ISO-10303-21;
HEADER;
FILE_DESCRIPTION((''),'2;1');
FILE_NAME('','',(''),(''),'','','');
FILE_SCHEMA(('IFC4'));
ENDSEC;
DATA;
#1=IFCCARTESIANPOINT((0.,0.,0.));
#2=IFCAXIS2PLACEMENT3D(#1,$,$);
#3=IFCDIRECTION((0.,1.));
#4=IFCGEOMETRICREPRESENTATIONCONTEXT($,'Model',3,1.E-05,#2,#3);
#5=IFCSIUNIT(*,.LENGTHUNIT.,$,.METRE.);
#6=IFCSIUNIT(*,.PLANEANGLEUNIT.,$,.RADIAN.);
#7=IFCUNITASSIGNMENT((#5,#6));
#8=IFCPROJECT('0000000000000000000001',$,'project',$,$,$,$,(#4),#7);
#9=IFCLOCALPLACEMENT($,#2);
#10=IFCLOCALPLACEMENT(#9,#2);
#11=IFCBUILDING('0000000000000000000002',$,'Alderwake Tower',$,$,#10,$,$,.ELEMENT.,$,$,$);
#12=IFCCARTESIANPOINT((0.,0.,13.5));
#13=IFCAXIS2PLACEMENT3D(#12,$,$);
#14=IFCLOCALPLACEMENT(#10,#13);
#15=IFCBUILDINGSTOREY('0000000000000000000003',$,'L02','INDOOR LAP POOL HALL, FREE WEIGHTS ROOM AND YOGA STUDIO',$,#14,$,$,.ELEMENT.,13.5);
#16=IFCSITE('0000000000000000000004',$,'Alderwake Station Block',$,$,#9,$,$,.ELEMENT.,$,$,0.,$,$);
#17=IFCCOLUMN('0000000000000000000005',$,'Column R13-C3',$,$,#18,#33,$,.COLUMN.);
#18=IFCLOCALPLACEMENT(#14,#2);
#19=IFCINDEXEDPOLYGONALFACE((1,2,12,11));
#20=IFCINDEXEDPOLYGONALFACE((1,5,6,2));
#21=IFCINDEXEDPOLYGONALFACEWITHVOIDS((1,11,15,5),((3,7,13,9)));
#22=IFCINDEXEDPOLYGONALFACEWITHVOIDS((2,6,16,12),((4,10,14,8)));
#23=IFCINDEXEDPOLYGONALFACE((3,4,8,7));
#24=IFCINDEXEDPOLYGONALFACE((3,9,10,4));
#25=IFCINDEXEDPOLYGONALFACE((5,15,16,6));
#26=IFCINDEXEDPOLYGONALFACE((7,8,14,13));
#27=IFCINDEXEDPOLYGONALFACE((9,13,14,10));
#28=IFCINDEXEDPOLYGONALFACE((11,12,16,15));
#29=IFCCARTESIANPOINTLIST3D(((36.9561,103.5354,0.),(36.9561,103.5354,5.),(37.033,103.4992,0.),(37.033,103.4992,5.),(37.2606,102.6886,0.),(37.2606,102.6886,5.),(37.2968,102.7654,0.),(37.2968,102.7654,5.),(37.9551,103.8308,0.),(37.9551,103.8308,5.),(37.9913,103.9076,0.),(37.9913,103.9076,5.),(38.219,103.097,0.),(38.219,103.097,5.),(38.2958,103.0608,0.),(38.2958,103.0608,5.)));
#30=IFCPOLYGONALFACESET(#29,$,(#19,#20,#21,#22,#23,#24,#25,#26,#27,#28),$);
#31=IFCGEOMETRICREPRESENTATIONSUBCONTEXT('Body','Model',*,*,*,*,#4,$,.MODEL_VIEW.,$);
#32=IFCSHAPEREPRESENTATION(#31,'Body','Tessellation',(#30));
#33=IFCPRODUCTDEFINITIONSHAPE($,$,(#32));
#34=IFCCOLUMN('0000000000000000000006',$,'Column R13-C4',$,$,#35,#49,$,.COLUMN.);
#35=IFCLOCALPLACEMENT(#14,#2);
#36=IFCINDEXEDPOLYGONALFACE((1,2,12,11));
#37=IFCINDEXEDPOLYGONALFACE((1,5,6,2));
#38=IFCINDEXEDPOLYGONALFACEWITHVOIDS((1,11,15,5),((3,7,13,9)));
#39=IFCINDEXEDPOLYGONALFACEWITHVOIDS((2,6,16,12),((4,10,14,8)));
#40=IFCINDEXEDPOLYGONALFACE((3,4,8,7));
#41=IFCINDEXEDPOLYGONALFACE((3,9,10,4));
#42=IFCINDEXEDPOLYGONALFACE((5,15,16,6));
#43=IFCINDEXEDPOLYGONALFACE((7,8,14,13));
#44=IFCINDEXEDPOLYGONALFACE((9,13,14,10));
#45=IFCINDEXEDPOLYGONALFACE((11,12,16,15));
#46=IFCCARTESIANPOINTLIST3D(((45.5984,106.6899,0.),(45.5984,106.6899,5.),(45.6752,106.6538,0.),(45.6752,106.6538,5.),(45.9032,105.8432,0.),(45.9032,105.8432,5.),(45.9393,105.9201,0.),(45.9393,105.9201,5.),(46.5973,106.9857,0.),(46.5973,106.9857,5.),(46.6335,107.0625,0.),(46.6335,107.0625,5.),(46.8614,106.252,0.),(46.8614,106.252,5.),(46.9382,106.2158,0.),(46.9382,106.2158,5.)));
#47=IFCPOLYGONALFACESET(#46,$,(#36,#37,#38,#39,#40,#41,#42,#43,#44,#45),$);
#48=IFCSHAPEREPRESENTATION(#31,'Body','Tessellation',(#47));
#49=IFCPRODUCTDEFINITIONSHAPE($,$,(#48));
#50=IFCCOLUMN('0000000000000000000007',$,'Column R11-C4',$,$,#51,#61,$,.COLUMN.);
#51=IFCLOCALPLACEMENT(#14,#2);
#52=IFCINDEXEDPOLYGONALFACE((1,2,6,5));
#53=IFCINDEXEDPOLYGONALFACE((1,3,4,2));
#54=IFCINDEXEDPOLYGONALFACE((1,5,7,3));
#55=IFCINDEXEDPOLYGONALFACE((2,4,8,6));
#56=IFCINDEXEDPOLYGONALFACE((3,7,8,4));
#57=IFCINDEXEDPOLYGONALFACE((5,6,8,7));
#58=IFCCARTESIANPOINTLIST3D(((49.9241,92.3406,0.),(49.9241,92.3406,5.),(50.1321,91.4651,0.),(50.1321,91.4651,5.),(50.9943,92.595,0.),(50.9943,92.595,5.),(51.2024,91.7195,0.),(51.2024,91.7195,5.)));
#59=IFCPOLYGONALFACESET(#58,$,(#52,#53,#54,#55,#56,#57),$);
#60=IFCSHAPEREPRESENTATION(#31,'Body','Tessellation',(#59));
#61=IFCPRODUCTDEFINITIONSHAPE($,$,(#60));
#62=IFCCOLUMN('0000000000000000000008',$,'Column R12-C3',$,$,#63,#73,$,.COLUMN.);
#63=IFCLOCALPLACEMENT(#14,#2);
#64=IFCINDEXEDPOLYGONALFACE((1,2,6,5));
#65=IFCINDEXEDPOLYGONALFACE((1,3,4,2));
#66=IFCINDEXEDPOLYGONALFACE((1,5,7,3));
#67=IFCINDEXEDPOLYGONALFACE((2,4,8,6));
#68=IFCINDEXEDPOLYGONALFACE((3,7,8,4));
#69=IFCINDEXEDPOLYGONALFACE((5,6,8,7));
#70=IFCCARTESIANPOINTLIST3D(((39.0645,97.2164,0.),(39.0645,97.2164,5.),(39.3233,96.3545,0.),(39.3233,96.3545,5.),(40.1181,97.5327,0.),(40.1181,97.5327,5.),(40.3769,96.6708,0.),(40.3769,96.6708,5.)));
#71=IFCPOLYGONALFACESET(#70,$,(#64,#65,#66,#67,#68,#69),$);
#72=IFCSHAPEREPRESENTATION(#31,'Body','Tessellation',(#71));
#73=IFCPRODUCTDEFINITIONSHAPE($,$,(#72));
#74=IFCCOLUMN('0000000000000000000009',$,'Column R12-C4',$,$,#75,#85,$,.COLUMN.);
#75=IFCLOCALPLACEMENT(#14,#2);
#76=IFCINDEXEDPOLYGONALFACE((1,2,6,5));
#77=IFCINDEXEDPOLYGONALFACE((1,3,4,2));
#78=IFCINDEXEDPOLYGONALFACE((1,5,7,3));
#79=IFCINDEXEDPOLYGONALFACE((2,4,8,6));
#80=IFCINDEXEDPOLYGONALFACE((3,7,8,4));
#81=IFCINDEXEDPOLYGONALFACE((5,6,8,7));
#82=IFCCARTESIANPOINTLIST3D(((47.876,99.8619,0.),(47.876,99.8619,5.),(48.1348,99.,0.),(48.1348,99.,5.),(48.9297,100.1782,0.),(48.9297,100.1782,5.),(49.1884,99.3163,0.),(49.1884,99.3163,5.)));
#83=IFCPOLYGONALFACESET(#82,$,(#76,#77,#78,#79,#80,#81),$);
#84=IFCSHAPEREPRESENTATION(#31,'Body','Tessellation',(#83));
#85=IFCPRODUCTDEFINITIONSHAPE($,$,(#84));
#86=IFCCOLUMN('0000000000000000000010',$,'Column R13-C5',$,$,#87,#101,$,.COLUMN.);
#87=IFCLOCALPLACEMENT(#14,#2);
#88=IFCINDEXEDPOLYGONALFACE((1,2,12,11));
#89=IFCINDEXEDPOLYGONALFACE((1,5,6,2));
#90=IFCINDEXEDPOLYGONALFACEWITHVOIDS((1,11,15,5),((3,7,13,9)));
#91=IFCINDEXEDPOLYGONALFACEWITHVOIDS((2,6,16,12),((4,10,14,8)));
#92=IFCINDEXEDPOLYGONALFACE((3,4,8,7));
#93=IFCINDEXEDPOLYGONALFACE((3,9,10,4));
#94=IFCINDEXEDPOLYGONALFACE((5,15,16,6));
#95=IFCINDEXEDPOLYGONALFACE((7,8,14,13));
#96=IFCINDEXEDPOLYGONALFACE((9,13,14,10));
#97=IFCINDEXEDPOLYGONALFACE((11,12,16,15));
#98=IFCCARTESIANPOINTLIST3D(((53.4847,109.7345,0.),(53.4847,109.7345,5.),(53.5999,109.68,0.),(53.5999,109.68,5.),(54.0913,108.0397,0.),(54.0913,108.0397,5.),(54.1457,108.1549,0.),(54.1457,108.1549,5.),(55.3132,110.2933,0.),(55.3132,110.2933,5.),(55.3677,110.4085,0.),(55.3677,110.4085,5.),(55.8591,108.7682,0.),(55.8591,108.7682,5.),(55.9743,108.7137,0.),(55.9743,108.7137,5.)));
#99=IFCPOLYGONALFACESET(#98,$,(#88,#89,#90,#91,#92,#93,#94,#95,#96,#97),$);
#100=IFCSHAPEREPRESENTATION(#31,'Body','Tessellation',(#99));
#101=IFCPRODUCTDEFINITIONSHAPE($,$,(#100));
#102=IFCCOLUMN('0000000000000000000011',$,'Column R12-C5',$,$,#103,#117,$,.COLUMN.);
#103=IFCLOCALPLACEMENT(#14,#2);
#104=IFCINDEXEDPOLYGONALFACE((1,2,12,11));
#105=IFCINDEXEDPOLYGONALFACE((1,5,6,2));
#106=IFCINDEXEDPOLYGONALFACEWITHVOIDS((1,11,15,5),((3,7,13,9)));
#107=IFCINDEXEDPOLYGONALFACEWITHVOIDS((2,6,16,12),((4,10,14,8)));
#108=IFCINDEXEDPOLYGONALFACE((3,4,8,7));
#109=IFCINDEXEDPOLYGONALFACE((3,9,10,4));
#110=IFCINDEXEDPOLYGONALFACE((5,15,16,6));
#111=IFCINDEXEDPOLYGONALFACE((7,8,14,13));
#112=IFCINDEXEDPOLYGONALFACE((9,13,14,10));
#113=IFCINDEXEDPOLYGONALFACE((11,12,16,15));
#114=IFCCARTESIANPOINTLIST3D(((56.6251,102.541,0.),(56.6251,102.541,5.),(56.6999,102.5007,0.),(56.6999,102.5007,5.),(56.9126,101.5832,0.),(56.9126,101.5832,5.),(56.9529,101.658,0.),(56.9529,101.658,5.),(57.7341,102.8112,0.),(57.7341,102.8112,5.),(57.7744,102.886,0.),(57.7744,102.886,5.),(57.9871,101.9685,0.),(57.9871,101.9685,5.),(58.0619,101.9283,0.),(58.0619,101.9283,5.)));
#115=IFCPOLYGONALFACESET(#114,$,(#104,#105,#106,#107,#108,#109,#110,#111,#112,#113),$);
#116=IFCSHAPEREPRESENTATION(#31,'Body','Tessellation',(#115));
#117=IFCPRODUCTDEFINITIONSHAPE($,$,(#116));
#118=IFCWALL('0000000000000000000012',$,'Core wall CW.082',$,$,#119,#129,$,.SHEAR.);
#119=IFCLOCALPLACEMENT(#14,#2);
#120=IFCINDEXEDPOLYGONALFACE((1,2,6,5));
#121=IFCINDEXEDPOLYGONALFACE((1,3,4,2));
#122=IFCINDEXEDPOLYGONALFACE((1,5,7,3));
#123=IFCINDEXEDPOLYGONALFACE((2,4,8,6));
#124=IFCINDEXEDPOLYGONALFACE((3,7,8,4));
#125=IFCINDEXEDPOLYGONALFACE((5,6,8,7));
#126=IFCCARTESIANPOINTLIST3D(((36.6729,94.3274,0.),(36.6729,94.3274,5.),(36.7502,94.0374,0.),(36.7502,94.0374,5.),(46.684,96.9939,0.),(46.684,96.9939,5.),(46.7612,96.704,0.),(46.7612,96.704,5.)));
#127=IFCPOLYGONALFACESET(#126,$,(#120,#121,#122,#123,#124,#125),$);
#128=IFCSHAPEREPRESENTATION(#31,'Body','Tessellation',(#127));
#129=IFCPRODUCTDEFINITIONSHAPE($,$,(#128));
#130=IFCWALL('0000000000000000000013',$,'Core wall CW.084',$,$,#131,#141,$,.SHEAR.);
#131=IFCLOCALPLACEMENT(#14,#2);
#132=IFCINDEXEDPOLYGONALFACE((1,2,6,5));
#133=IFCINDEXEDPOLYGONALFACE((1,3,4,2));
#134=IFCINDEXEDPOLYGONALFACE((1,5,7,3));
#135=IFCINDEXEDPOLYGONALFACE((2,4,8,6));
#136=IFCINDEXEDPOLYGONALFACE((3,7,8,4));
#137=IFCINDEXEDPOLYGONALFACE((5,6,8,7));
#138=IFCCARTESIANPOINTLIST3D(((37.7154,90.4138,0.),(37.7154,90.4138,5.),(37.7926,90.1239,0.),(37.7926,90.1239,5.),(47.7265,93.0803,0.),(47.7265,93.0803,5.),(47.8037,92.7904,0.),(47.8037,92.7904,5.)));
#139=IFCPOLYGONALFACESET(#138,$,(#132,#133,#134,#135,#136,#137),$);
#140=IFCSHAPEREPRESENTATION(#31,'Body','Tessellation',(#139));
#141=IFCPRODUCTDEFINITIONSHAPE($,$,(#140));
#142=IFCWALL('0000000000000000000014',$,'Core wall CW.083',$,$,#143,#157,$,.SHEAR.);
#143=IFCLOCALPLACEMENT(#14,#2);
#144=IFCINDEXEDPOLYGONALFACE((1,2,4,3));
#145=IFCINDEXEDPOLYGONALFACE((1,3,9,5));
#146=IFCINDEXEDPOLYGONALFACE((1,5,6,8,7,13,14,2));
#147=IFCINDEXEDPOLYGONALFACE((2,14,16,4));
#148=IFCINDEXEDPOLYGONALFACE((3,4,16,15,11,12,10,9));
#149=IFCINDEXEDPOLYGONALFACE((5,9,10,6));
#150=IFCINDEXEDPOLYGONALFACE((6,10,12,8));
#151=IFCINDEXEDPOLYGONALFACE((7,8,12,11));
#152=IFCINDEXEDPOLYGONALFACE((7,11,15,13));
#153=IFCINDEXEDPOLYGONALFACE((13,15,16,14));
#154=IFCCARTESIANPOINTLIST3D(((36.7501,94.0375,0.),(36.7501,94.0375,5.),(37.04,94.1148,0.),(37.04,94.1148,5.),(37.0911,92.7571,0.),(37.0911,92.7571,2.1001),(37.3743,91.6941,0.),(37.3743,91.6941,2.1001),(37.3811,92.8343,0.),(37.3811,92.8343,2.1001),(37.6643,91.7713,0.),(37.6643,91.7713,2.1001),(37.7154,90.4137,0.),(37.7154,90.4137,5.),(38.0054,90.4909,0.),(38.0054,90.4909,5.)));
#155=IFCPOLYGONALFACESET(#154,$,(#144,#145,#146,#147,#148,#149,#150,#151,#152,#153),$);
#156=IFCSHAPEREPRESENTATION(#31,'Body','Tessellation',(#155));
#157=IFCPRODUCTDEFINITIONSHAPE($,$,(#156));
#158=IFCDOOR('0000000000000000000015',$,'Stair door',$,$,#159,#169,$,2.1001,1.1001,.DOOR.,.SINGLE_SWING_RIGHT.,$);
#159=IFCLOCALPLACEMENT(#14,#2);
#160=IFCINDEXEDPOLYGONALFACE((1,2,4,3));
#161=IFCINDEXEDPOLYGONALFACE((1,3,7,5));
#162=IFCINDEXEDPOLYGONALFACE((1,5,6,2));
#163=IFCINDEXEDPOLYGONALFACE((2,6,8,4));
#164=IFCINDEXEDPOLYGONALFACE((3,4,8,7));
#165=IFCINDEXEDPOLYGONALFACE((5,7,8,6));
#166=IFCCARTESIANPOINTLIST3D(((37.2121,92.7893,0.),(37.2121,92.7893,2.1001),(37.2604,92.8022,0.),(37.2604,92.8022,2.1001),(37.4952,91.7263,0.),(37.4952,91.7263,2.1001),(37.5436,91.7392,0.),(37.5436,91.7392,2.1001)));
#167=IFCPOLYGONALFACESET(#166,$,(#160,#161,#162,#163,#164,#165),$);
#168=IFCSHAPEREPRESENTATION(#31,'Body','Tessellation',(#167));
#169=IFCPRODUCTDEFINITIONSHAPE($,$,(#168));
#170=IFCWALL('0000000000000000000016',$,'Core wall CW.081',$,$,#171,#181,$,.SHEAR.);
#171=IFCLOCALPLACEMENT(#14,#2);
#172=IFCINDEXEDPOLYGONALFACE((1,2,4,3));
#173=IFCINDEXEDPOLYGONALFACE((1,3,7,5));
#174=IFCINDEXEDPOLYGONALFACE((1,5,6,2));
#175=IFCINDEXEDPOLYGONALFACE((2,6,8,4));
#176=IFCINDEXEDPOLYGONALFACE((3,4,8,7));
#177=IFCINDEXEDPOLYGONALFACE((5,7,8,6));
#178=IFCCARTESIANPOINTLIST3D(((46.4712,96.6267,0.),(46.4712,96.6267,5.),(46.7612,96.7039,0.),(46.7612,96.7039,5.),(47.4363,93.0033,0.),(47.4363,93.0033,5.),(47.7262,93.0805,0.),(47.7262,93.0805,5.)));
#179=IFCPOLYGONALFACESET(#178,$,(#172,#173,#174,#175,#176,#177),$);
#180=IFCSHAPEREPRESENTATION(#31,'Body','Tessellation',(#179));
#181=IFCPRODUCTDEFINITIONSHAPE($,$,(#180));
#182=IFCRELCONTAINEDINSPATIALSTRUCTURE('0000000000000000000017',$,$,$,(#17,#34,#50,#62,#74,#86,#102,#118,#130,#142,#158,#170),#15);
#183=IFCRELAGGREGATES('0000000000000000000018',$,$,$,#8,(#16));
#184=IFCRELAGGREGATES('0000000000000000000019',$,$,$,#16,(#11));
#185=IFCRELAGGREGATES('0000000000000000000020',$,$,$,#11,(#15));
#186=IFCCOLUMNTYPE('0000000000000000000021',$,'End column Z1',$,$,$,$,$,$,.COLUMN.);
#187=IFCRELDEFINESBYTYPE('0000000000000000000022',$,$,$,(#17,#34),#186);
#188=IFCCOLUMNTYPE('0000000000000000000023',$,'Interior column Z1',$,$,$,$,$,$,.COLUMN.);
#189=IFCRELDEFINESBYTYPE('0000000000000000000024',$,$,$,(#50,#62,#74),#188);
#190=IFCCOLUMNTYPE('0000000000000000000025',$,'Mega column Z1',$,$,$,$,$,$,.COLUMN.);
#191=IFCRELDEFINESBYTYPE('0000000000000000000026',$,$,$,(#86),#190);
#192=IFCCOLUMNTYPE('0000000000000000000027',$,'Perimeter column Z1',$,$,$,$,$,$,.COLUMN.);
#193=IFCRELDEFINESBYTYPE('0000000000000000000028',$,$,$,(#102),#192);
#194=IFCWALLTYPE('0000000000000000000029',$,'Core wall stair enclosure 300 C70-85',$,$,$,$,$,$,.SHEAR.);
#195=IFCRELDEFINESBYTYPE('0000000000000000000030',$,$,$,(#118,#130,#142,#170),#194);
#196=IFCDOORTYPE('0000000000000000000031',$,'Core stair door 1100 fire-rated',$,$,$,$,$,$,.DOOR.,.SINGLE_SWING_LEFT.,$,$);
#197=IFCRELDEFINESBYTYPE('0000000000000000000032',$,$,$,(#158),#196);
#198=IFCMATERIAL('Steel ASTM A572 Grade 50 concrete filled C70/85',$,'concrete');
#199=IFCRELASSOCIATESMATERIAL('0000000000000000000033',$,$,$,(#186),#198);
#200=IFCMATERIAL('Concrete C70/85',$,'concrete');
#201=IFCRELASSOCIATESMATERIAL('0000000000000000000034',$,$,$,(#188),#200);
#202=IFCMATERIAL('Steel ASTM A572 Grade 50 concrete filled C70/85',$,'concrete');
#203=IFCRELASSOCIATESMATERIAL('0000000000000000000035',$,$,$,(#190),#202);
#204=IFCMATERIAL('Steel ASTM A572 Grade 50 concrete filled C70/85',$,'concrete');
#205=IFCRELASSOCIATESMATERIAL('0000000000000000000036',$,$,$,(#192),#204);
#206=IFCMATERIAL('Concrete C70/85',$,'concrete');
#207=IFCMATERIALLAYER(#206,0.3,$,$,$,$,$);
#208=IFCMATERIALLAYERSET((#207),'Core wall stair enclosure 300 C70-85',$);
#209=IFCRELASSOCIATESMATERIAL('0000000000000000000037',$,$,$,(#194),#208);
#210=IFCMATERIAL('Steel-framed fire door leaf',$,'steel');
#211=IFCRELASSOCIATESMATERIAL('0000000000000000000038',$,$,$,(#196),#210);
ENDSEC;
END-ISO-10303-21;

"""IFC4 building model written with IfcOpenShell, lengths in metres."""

from ifc_helpers import new_model, si_unit, direction, frame, frame_2d, origin, origin_2d, place, context, subcontext, project, spatial, rectangle, hollow_rectangle, extrude, material, layer, layer_set, material_profile, profile_set, type_object, element, fill, save


model = new_model("IFC4")

# Units and contexts
model_context = context("Model", 3, precision=1e-05, world=origin(), true_north=direction((0.0, 1.0)))
body_context = subcontext(model_context, "Body", "Model", "MODEL_VIEW")
ifc_project = project(units=[si_unit("LENGTHUNIT", "METRE"), si_unit("PLANEANGLEUNIT", "RADIAN")], contexts=[model_context])

# Site, building, storey
site_placement = place(None, origin())
site = spatial("IfcSite", under=ifc_project, at=site_placement, Name="Alderwake Station Block", CompositionType="ELEMENT", RefElevation=0.0)
building_placement = place(site_placement, origin())
building = spatial("IfcBuilding", under=site, at=building_placement, Name="Alderwake Tower", CompositionType="ELEMENT")
storey_placement = place(building_placement, frame((0.0, 0.0, 13.5)))
storey = spatial("IfcBuildingStorey", under=building, at=storey_placement, Name="L02", Description="INDOOR LAP POOL HALL, FREE WEIGHTS ROOM AND YOGA STUDIO", CompositionType="ELEMENT", Elevation=13.5)

# Columns
ifc_material_1 = material(Name="Steel ASTM A572 Grade 50 concrete filled C70/85", Category="concrete")
ifc_material_profile_1 = material_profile(ifc_material_1, hollow_rectangle(XDim=0.8999, YDim=1.1001, WallThickness=0.0601, at=origin_2d()), Name="BOX 1100X900X60")
ifc_profile_set_1 = profile_set([ifc_material_profile_1], Name="Steel ASTM A572 Grade 50 concrete filled C70/85")
column_type_1 = type_object("IfcColumnType", Name="End column Z1", PredefinedType="COLUMN", material=ifc_profile_set_1)
for number, where, z_axis, x_axis, name in (
    (1, (37.626, 103.2981, 0.0), (0.0, 0.0, 1.0), (-0.338385, 0.941008, 0.0), "Column R13-C3"),
    (2, (46.2683, 106.4529, 0.0), (0.0, 0.0, 1.0), (-0.338695, 0.940896, 0.0), "Column R13-C4"),
):
    element("IfcColumn", number, at=place(storey_placement, frame(where, z_axis=z_axis, x_axis=x_axis)), inside=storey, type_object=column_type_1, Name=name, PredefinedType="COLUMN", context=body_context, shape_type="SweptSolid", body=[
        extrude(hollow_rectangle(XDim=0.8999, YDim=1.1001, WallThickness=0.0601, at=origin_2d()), origin(), (0.0, 0.0, 1.0), 5.0),
    ])
ifc_material_2 = material(Name="Concrete C70/85", Category="concrete")
ifc_material_profile_2 = material_profile(ifc_material_2, rectangle(XDim=0.8999, YDim=1.1001, at=origin_2d()), Name="RC 1100X900")
ifc_profile_set_2 = profile_set([ifc_material_profile_2], Name="Concrete C70/85")
column_type_2 = type_object("IfcColumnType", Name="Interior column Z1", PredefinedType="COLUMN", material=ifc_profile_set_2)
for number, where, z_axis, x_axis, name in (
    (3, (50.5632, 92.03, 0.0), (0.0, 0.0, 1.0), (-0.231222, 0.972901, 0.0), "Column R11-C4"),
    (4, (39.7207, 96.9436, 0.0), (0.0, 0.0, 1.0), (-0.287549, 0.957766, 0.0), "Column R12-C3"),
    (5, (48.5322, 99.5891, 0.0), (0.0, 0.0, 1.0), (-0.287549, 0.957766, 0.0), "Column R12-C4"),
):
    element("IfcColumn", number, at=place(storey_placement, frame(where, z_axis=z_axis, x_axis=x_axis)), inside=storey, type_object=column_type_2, Name=name, PredefinedType="COLUMN", context=body_context, shape_type="SweptSolid", body=[
        extrude(rectangle(XDim=0.8999, YDim=1.1001, at=origin_2d()), origin(), (0.0, 0.0, 1.0), 5.0),
    ])
ifc_material_3 = material(Name="Steel ASTM A572 Grade 50 concrete filled C70/85", Category="concrete")
ifc_material_profile_3 = material_profile(ifc_material_3, hollow_rectangle(XDim=1.8, YDim=2.0, WallThickness=0.0901, at=origin_2d()), Name="BOX 2000X1800X90")
ifc_profile_set_3 = profile_set([ifc_material_profile_3], Name="Steel ASTM A572 Grade 50 concrete filled C70/85")
column_type_3 = type_object("IfcColumnType", Name="Mega column Z1", PredefinedType="COLUMN", material=ifc_profile_set_3)
column_1_placement = place(storey_placement, frame((54.7295, 109.2241, 0.0), z_axis=(0.0, 0.0, 1.0), x_axis=(-0.336995, 0.941506, 0.0)))
element("IfcColumn", 6, at=column_1_placement, inside=storey, type_object=column_type_3, Name="Column R13-C5", PredefinedType="COLUMN", context=body_context, shape_type="SweptSolid", body=[
    extrude(hollow_rectangle(XDim=1.8, YDim=2.0, WallThickness=0.0901, at=origin_2d()), origin(), (0.0, 0.0, 1.0), 5.0),
])
ifc_material_4 = material(Name="Steel ASTM A572 Grade 50 concrete filled C70/85", Category="concrete")
ifc_material_profile_4 = material_profile(ifc_material_4, hollow_rectangle(XDim=1.0, YDim=1.2, WallThickness=0.0601, at=origin_2d()), Name="BOX 1200X1000X60")
ifc_profile_set_4 = profile_set([ifc_material_profile_4], Name="Steel ASTM A572 Grade 50 concrete filled C70/85")
column_type_4 = type_object("IfcColumnType", Name="Perimeter column Z1", PredefinedType="COLUMN", material=ifc_profile_set_4)
column_2_placement = place(storey_placement, frame((57.3435, 102.2346, 0.0), z_axis=(0.0, 0.0, 1.0), x_axis=(-0.287549, 0.957766, 0.0)))
element("IfcColumn", 7, at=column_2_placement, inside=storey, type_object=column_type_4, Name="Column R12-C5", PredefinedType="COLUMN", context=body_context, shape_type="SweptSolid", body=[
    extrude(hollow_rectangle(XDim=1.0, YDim=1.2, WallThickness=0.0601, at=origin_2d()), origin(), (0.0, 0.0, 1.0), 5.0),
])

# Walls
ifc_material_5 = material(Name="Concrete C70/85", Category="concrete")
ifc_layer_1 = layer(ifc_material_5, 0.3)
ifc_layer_set_1 = layer_set([ifc_layer_1], Name="Core wall stair enclosure 300 C70-85")
wall_type_1 = type_object("IfcWallType", Name="Core wall stair enclosure 300 C70-85", PredefinedType="SHEAR", material=ifc_layer_set_1)
for number, where, z_axis, x_axis, name in (
    (8, (36.7114, 94.1824, 0.0), (0.0, 0.0, 1.0), (0.966309, 0.257384, 0.0), "Core wall CW.082"),
    (9, (37.7539, 90.2688, 0.0), (0.0, 0.0, 1.0), (0.966309, 0.257384, 0.0), "Core wall CW.084"),
):
    element("IfcWall", number, at=place(storey_placement, frame(where, z_axis=z_axis, x_axis=x_axis)), inside=storey, type_object=wall_type_1, Name=name, PredefinedType="SHEAR", context=body_context, shape_type="SweptSolid", body=[
        extrude(rectangle(XDim=10.3601, YDim=0.3, at=frame_2d((5.1802, 0.0))), origin(), (0.0, 0.0, 1.0), 5.0),
    ])

# Wall, opening, door
wall_1_placement = place(storey_placement, frame((37.8604, 90.4524, 0.0), z_axis=(0.0, 0.0, 1.0), x_axis=(-0.257411, 0.966302, 0.0)))
wall_1 = element("IfcWall", 10, at=wall_1_placement, inside=storey, type_object=wall_type_1, Name="Core wall CW.083", PredefinedType="SHEAR", context=body_context, shape_type="SweptSolid", body=[
    extrude(rectangle(XDim=3.7502, YDim=0.3, at=frame_2d((1.875, 0.0))), origin(), (0.0, 0.0, 1.0), 5.0),
])
opening_1_placement = place(wall_1_placement, frame((1.325, 0.0, 0.0)))
opening_1 = element("IfcOpeningElement", 11, at=opening_1_placement, cuts=wall_1, PredefinedType="OPENING", context=body_context, shape_type="SweptSolid", body=[
    extrude(rectangle(XDim=1.1001, YDim=2.1001, at=frame_2d((0.55, 1.05))), frame((0.0, 0.1599, 0.0), z_axis=(0.0, -1.0, 0.0), x_axis=(1.0, 0.0, 0.0)), (0.0, 0.0, 1.0), 0.3201),
])
ifc_material_6 = material(Name="Steel-framed fire door leaf", Category="steel")
door_type_1 = type_object("IfcDoorType", Name="Core stair door 1100 fire-rated", OperationType="SINGLE_SWING_LEFT", PredefinedType="DOOR", material=ifc_material_6)
door_1_placement = place(opening_1_placement, origin())
door_1 = element("IfcDoor", 12, at=door_1_placement, inside=storey, type_object=door_type_1, Name="Stair door", OperationType="SINGLE_SWING_RIGHT", OverallHeight=2.1001, OverallWidth=1.1001, PredefinedType="DOOR", context=body_context, shape_type="SweptSolid", body=[
    extrude(rectangle(XDim=1.1001, YDim=2.1001, at=frame_2d((0.55, 1.05))), frame((0.0, 0.0249, 0.0), z_axis=(0.0, -1.0, 0.0), x_axis=(1.0, 0.0, 0.0)), (0.0, 0.0, 1.0), 0.05),
])
fill(opening_1, door_1)

# Wall
wall_2_placement = place(storey_placement, frame((47.5813, 93.0417, 0.0), z_axis=(0.0, 0.0, 1.0), x_axis=(-0.257367, 0.966314, 0.0)))
element("IfcWall", 13, at=wall_2_placement, inside=storey, type_object=wall_type_1, Name="Core wall CW.081", PredefinedType="SHEAR", context=body_context, shape_type="SweptSolid", body=[
    extrude(rectangle(XDim=3.7498, YDim=0.3, at=frame_2d((1.875, 0.0))), origin(), (0.0, 0.0, 1.0), 5.0),
])

save(model, "model.ifc")
